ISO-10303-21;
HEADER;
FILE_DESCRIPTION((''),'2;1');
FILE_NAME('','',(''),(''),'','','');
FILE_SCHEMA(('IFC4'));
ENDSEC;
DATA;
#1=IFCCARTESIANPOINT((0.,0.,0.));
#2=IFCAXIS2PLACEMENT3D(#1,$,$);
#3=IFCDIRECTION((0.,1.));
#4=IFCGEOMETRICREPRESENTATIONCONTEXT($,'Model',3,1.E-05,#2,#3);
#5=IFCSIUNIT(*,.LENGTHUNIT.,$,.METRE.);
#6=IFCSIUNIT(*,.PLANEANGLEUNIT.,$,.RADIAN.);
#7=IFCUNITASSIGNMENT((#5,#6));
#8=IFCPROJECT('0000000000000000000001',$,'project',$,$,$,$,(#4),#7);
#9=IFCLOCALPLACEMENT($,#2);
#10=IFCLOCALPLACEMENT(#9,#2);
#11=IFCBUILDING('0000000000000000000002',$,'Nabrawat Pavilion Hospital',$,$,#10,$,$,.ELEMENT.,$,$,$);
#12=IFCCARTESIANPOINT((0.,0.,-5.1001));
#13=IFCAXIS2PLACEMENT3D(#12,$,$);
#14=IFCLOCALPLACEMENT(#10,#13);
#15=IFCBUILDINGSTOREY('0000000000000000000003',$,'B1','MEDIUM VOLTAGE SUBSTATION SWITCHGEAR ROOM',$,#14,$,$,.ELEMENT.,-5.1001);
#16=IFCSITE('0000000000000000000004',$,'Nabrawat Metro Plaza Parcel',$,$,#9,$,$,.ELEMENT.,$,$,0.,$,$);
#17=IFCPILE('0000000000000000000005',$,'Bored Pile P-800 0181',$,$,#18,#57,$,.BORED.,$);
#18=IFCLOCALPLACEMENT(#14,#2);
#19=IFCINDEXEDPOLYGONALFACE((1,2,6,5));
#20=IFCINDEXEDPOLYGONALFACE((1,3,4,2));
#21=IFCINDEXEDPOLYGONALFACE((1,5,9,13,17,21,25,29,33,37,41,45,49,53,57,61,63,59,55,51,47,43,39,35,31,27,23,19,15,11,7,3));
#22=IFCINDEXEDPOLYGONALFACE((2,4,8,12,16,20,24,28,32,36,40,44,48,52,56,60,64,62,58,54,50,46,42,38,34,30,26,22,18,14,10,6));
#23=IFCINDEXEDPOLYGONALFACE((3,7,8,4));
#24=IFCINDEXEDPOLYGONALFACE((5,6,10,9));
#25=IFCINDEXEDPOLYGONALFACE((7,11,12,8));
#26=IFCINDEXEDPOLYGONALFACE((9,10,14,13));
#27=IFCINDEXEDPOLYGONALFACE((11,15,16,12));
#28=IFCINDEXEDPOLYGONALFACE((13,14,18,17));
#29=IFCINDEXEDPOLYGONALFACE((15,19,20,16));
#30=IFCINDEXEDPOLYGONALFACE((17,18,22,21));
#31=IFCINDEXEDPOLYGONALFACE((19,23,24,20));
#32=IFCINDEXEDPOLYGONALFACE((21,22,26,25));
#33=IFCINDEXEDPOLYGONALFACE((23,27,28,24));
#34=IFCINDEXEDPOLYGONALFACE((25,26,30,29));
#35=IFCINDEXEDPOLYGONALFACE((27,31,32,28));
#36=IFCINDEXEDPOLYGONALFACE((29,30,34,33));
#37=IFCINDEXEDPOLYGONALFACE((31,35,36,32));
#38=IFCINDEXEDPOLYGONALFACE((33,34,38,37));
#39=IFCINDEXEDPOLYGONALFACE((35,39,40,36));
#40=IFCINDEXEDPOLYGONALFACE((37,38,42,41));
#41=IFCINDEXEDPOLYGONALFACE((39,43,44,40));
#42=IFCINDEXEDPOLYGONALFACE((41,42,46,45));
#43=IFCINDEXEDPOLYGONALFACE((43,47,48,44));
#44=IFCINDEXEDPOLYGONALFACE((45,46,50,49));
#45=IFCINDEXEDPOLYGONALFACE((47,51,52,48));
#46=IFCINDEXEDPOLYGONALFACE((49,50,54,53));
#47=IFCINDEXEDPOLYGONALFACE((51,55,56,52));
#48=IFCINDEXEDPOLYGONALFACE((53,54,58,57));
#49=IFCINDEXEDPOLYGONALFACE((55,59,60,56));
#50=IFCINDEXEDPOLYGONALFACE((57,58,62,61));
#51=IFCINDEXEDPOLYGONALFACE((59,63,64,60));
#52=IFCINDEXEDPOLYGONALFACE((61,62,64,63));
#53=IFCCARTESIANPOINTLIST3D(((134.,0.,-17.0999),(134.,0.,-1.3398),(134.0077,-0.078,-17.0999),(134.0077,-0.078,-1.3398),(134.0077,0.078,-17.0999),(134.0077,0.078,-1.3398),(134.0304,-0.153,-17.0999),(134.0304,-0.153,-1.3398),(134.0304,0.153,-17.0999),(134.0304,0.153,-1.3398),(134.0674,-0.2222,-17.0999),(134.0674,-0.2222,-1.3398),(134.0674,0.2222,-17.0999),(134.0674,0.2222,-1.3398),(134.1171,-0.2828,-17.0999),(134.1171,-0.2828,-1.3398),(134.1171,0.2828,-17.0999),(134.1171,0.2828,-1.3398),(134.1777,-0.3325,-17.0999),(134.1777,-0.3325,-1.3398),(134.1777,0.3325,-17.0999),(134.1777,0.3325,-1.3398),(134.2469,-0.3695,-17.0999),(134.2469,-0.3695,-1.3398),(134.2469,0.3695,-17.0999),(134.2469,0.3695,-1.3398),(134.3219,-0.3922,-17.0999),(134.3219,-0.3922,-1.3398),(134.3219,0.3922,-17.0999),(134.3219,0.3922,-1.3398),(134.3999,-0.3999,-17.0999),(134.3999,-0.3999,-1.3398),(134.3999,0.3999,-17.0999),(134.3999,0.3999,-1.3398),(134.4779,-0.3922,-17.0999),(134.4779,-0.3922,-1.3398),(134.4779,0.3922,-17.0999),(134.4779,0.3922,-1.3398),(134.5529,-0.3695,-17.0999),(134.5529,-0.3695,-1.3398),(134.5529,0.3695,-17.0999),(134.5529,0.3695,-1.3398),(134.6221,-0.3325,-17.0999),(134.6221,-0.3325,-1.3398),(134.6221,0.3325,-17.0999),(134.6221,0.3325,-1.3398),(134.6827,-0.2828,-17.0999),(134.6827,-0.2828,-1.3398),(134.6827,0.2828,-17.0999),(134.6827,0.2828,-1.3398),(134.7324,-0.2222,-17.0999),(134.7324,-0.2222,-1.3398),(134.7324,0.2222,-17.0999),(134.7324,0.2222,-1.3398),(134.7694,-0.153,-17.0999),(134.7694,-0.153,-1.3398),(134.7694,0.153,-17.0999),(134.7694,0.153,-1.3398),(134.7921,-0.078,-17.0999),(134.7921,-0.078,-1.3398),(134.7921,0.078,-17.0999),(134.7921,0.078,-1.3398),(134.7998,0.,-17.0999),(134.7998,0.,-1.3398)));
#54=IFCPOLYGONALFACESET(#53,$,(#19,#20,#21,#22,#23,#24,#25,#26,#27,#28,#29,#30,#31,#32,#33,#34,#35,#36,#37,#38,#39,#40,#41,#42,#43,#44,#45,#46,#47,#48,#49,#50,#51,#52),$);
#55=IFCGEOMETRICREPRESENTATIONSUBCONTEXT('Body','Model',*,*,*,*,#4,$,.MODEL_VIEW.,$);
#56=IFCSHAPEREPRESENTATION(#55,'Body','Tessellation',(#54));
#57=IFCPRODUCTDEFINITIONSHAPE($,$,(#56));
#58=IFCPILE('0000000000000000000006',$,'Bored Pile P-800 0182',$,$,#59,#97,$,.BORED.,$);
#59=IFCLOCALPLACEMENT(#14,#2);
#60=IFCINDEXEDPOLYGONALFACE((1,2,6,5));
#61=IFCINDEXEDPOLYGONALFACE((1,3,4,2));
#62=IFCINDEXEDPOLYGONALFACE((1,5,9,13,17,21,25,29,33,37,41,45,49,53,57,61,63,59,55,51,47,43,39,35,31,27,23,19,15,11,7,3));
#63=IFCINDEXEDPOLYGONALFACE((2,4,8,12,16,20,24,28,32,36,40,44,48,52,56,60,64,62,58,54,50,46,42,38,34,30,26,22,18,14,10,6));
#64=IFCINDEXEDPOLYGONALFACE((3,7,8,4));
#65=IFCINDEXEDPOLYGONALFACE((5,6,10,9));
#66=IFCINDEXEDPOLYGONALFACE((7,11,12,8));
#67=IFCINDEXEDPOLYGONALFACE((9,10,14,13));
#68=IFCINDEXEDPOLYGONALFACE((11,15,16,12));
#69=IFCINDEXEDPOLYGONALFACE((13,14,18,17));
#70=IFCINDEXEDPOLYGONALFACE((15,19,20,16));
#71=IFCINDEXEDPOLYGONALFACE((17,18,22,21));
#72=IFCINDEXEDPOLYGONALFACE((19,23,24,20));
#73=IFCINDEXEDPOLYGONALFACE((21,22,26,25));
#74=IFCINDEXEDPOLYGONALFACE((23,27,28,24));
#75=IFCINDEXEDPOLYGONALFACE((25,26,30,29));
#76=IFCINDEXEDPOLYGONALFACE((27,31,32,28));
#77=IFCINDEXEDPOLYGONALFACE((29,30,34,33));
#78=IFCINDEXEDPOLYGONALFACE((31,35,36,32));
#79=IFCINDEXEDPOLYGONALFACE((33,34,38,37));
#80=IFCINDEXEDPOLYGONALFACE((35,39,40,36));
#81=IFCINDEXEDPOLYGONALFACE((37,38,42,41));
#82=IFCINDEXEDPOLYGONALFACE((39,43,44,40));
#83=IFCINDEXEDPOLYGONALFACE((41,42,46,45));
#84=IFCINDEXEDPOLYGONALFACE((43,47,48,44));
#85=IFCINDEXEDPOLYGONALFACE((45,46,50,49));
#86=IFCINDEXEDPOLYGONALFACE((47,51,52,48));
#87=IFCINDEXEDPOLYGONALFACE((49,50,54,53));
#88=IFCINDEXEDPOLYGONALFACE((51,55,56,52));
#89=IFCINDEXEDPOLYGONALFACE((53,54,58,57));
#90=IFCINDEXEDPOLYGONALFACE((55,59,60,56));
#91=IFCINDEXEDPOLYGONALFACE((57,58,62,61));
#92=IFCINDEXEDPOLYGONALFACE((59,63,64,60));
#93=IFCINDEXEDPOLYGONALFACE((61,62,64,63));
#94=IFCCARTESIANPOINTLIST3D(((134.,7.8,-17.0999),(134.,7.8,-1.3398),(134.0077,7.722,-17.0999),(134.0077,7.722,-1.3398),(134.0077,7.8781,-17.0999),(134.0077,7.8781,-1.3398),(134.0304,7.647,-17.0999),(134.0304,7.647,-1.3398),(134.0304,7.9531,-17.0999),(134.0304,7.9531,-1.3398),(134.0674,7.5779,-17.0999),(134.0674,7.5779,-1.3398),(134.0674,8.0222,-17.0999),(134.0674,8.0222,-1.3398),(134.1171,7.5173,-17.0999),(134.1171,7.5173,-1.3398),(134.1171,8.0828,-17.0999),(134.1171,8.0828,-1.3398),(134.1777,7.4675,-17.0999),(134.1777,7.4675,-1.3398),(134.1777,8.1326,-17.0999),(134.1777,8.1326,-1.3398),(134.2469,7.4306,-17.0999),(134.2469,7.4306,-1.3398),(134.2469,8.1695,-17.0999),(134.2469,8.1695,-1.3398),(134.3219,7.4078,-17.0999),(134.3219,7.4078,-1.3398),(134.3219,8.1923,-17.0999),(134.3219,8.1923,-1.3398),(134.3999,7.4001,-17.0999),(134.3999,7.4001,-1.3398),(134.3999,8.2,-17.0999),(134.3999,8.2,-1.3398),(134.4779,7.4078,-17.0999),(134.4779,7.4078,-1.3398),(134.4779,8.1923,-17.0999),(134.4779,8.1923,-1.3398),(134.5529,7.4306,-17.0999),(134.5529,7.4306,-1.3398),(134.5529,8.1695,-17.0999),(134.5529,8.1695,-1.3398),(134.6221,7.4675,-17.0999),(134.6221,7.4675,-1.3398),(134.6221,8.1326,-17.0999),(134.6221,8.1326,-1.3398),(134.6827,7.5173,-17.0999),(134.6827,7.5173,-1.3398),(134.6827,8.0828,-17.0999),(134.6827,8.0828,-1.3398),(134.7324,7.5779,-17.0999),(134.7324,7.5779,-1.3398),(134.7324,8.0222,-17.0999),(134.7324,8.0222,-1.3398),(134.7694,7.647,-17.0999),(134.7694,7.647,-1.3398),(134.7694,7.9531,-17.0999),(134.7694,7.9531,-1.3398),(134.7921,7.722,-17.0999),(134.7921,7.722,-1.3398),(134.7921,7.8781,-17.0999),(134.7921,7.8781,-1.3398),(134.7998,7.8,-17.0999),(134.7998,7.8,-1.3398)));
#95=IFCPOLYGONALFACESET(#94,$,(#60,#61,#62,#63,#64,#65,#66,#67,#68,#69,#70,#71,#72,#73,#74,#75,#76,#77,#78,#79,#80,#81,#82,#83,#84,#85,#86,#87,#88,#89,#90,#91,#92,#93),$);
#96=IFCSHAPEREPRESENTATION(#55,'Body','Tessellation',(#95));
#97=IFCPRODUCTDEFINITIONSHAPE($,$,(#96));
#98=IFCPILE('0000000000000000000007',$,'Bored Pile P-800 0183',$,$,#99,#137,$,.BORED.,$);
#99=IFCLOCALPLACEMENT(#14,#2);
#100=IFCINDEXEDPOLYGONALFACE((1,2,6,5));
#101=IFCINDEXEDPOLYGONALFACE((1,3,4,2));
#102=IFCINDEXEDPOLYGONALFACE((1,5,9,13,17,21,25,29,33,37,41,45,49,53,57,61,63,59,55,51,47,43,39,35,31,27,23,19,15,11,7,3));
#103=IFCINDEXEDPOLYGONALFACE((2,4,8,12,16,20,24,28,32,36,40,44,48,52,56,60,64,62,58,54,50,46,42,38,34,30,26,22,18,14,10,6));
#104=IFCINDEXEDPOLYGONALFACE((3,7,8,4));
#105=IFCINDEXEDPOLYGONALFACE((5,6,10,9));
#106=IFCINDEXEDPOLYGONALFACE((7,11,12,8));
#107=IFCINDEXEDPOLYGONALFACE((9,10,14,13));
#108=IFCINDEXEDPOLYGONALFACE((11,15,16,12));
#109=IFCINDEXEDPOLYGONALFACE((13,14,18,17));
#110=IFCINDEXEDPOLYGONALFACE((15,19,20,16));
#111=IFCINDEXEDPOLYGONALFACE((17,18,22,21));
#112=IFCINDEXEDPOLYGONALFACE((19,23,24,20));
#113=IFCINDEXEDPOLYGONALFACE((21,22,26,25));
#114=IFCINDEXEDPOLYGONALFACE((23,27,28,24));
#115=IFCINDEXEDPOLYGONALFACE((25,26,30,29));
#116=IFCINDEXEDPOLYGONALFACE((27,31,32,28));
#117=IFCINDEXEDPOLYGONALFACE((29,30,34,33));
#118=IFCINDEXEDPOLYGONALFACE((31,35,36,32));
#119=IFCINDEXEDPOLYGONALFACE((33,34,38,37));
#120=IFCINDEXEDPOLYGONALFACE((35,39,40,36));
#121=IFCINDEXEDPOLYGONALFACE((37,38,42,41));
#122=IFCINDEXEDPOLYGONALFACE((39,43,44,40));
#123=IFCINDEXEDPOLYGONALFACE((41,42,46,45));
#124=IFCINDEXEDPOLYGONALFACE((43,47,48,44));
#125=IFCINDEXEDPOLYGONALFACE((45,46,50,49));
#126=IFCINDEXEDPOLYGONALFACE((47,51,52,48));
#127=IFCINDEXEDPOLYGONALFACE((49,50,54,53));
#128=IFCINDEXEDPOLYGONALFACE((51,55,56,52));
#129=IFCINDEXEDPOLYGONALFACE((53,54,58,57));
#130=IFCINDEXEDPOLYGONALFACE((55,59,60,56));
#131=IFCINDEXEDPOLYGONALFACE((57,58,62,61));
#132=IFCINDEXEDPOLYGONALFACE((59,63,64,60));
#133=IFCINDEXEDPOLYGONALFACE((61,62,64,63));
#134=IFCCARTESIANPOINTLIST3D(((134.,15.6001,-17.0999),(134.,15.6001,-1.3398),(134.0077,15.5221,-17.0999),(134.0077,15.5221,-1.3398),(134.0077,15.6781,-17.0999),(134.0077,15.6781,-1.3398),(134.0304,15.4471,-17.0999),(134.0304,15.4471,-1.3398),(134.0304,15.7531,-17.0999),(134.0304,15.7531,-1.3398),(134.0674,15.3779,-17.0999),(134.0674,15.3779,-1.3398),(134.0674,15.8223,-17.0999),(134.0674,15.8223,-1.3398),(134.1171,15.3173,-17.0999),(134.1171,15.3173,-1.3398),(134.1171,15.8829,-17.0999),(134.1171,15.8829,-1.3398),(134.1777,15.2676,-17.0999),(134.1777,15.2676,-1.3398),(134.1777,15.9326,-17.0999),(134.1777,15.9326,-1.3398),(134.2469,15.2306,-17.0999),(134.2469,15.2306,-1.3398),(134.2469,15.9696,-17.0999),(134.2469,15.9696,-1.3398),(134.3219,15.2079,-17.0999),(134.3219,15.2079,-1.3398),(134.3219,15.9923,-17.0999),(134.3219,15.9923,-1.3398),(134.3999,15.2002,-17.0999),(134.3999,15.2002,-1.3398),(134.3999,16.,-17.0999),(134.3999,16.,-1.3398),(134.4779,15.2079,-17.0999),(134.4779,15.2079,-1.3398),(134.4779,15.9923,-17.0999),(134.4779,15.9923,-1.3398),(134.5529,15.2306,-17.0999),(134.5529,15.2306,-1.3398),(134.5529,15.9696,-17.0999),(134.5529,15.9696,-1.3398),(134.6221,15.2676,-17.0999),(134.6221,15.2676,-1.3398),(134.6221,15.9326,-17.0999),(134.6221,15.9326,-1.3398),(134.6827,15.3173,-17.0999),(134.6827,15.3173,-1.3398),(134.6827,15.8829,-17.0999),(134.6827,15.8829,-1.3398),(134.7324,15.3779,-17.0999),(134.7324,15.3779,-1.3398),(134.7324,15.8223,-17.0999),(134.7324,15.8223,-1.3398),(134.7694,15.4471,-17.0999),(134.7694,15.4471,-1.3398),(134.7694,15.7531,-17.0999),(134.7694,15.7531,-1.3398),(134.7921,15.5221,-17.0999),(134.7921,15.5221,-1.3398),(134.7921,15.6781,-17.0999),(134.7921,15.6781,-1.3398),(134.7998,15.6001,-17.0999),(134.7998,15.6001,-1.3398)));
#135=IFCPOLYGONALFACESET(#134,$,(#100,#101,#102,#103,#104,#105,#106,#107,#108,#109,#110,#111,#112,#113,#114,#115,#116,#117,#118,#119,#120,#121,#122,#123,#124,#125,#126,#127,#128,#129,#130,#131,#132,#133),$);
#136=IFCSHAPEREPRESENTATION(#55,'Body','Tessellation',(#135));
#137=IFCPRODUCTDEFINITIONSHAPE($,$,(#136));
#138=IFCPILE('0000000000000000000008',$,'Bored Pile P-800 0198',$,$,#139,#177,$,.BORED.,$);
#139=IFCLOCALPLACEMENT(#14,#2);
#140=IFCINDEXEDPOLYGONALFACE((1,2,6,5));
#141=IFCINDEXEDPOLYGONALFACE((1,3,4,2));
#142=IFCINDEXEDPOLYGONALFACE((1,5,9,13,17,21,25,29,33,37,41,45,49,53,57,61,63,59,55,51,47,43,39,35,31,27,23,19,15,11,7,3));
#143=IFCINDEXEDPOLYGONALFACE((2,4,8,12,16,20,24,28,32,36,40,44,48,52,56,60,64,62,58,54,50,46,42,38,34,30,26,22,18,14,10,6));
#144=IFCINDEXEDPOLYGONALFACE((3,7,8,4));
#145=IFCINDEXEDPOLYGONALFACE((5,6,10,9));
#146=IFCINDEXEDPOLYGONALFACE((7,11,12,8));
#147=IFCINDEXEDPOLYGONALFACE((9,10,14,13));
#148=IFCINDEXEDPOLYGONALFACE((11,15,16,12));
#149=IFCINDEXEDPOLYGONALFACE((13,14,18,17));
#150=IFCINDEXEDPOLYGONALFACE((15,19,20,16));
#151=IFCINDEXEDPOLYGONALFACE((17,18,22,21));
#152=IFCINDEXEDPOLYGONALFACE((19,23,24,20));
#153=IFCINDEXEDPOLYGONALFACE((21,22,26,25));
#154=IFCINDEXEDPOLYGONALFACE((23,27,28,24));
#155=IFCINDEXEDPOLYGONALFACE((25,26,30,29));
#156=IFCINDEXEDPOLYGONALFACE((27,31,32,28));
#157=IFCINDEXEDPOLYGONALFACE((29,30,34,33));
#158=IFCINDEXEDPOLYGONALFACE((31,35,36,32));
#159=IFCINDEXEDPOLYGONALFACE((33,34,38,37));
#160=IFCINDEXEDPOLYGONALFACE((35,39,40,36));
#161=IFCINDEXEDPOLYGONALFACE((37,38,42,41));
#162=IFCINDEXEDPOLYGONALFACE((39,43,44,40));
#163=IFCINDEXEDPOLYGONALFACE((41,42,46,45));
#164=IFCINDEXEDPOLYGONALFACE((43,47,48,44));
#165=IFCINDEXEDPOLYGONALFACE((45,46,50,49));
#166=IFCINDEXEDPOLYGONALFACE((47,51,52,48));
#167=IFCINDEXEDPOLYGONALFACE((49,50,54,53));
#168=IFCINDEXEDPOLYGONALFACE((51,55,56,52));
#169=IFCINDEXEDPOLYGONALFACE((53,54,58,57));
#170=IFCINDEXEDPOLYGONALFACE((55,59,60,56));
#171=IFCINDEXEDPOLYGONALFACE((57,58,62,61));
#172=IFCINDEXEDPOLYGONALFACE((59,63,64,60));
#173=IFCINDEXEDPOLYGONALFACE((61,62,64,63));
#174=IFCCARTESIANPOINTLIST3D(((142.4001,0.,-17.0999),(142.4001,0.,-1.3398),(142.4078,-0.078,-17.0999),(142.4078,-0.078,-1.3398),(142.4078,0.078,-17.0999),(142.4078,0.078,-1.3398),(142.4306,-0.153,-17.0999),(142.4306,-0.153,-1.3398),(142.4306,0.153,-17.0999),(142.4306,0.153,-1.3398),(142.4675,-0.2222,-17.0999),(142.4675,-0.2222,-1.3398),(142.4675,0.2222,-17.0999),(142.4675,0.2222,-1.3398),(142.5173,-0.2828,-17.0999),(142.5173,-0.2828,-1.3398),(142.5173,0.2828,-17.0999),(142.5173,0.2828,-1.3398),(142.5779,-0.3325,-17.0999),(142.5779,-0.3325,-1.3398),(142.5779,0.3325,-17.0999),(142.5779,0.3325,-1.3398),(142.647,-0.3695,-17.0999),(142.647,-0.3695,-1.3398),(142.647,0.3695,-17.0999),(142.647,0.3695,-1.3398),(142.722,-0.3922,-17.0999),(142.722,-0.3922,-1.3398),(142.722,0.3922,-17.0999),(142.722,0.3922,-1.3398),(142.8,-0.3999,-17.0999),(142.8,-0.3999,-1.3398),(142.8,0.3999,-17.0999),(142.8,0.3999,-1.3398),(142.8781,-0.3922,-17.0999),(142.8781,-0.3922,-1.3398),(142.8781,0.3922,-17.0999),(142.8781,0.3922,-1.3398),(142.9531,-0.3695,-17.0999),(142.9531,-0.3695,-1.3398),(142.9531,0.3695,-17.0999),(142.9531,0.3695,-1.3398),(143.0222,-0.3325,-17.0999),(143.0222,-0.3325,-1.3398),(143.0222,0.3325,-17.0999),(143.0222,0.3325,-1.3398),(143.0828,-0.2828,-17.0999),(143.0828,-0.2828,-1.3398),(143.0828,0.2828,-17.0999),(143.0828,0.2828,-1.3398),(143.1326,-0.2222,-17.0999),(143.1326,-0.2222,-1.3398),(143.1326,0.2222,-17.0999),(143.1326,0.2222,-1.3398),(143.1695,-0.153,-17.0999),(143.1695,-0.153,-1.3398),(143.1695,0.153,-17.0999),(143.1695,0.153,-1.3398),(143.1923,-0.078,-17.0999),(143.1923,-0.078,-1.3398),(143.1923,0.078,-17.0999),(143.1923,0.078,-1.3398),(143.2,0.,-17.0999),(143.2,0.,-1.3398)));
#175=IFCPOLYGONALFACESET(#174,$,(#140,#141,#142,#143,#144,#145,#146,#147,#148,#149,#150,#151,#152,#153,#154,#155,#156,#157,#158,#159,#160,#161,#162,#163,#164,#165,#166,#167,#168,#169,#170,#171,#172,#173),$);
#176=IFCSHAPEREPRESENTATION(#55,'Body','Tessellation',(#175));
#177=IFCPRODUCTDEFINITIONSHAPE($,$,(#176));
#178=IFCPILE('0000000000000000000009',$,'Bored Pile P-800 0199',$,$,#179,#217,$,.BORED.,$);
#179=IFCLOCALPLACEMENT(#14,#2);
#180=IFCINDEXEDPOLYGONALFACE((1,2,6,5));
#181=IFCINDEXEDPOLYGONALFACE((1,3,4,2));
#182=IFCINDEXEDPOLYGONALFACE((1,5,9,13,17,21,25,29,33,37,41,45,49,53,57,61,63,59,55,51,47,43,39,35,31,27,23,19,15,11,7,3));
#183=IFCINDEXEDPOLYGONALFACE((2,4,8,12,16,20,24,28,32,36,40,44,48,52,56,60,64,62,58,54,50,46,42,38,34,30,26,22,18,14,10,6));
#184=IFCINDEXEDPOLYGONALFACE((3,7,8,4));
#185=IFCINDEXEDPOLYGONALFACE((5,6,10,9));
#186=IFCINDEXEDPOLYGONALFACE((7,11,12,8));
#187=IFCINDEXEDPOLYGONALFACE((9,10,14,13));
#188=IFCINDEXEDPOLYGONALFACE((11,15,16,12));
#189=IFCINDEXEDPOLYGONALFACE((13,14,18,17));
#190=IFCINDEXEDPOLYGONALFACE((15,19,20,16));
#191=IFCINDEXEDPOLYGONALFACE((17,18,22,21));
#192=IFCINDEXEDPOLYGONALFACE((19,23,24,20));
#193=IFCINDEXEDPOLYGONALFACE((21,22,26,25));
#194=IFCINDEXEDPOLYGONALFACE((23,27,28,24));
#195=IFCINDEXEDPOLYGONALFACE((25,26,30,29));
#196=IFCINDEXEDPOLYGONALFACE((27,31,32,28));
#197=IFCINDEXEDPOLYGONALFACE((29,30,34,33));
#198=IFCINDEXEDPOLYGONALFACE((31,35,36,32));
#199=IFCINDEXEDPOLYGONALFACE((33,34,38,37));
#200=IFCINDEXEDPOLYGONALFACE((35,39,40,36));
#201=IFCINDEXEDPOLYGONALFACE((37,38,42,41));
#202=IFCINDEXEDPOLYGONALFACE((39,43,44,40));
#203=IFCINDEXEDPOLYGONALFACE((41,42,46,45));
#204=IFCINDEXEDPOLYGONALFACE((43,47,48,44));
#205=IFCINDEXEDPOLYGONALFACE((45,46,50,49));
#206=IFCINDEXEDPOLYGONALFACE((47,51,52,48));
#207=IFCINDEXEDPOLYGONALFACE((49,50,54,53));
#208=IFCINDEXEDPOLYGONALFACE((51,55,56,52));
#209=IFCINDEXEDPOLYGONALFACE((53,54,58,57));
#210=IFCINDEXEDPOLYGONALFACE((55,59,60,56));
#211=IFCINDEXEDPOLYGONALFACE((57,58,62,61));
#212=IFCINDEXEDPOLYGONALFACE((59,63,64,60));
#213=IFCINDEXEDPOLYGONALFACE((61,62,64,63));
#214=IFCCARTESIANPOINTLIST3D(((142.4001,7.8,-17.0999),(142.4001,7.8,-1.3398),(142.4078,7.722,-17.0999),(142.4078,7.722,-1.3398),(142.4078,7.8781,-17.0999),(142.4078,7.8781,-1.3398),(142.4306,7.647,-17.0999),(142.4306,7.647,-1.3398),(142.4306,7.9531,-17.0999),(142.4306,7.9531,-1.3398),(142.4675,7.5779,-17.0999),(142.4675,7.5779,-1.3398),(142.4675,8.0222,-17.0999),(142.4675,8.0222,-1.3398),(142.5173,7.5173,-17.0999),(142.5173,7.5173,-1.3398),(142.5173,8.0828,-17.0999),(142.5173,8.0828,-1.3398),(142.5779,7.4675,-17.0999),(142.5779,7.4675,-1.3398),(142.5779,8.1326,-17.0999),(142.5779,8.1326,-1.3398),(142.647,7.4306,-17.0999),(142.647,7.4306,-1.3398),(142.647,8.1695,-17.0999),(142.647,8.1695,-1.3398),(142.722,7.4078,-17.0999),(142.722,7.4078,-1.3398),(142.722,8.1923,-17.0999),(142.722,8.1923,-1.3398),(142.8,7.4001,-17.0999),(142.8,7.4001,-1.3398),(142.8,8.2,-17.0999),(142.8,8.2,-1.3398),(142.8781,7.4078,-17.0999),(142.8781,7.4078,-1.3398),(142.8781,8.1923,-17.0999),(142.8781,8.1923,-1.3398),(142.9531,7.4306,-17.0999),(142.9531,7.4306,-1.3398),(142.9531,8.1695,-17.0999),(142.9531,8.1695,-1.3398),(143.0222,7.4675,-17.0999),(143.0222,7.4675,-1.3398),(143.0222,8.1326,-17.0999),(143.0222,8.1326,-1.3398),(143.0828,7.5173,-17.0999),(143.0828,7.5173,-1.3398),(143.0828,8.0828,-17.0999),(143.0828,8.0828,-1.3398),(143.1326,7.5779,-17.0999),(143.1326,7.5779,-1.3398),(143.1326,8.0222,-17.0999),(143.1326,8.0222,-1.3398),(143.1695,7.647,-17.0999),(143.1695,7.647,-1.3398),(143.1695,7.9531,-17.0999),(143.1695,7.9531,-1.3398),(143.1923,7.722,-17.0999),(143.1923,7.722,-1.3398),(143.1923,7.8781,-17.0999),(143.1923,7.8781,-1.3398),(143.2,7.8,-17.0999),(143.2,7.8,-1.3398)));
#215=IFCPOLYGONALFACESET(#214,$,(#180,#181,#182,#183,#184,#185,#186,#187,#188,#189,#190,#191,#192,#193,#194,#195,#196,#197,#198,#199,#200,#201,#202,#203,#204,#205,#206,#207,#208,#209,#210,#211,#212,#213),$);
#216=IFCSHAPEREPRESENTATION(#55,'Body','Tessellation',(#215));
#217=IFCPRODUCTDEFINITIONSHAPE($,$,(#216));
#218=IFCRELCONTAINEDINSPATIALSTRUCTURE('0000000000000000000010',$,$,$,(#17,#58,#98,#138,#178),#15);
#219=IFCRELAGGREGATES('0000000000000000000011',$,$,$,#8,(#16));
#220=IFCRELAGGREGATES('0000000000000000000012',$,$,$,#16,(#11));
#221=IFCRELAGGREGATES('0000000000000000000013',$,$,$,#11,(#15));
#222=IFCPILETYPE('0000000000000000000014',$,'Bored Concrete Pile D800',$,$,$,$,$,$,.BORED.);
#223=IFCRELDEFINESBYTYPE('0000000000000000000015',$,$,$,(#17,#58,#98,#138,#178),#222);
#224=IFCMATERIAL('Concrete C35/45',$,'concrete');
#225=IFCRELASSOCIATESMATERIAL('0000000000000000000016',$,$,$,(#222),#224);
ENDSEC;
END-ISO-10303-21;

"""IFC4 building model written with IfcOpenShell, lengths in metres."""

from ifc_helpers import new_model, si_unit, direction, frame, origin, origin_2d, place, context, subcontext, project, spatial, circle, extrude, material, material_profile, profile_set, type_object, element, save


model = new_model("IFC4")

# Units and contexts
model_context = context("Model", 3, precision=1e-05, world=origin(), true_north=direction((0.0, 1.0)))
body_context = subcontext(model_context, "Body", "Model", "MODEL_VIEW")
ifc_project = project(units=[si_unit("LENGTHUNIT", "METRE"), si_unit("PLANEANGLEUNIT", "RADIAN")], contexts=[model_context])

# Site, building, storey
site_placement = place(None, origin())
site = spatial("IfcSite", under=ifc_project, at=site_placement, Name="Nabrawat Metro Plaza Parcel", CompositionType="ELEMENT", RefElevation=0.0)
building_placement = place(site_placement, origin())
building = spatial("IfcBuilding", under=site, at=building_placement, Name="Nabrawat Pavilion Hospital", CompositionType="ELEMENT")
storey_placement = place(building_placement, frame((0.0, 0.0, -5.1001)))
storey = spatial("IfcBuildingStorey", under=building, at=storey_placement, Name="B1", Description="MEDIUM VOLTAGE SUBSTATION SWITCHGEAR ROOM", CompositionType="ELEMENT", Elevation=-5.1001)

# Piles
ifc_material_1 = material(Name="Concrete C35/45", Category="concrete")
ifc_material_profile_1 = material_profile(ifc_material_1, circle(Radius=0.3999, at=origin_2d()), Name="DIA 800")
ifc_profile_set_1 = profile_set([ifc_material_profile_1], Name="Concrete C35/45")
pile_type = type_object("IfcPileType", Name="Bored Concrete Pile D800", PredefinedType="BORED", material=ifc_profile_set_1)
for number, where, z_axis, x_axis, name in (
    (1, (134.3999, 0.0, -1.3398), (0.0, 0.0, -1.0), (1.0, 0.0, 0.0), "Bored Pile P-800 0181"),
    (2, (134.3999, 7.8, -1.3398), (0.0, 0.0, -1.0), (1.0, 0.0, 0.0), "Bored Pile P-800 0182"),
    (3, (134.3999, 15.6001, -1.3398), (0.0, 0.0, -1.0), (1.0, 0.0, 0.0), "Bored Pile P-800 0183"),
    (4, (142.8, 0.0, -1.3398), (0.0, 0.0, -1.0), (1.0, 0.0, 0.0), "Bored Pile P-800 0198"),
    (5, (142.8, 7.8, -1.3398), (0.0, 0.0, -1.0), (1.0, 0.0, 0.0), "Bored Pile P-800 0199"),
):
    element("IfcPile", number, at=place(storey_placement, frame(where, z_axis=z_axis, x_axis=x_axis)), inside=storey, type_object=pile_type, Name=name, PredefinedType="BORED", context=body_context, shape_type="SweptSolid", body=[
        extrude(circle(Radius=0.3999, at=origin_2d()), origin(), (0.0, 0.0, 1.0), 15.76),
    ])

save(model, "model.ifc")
